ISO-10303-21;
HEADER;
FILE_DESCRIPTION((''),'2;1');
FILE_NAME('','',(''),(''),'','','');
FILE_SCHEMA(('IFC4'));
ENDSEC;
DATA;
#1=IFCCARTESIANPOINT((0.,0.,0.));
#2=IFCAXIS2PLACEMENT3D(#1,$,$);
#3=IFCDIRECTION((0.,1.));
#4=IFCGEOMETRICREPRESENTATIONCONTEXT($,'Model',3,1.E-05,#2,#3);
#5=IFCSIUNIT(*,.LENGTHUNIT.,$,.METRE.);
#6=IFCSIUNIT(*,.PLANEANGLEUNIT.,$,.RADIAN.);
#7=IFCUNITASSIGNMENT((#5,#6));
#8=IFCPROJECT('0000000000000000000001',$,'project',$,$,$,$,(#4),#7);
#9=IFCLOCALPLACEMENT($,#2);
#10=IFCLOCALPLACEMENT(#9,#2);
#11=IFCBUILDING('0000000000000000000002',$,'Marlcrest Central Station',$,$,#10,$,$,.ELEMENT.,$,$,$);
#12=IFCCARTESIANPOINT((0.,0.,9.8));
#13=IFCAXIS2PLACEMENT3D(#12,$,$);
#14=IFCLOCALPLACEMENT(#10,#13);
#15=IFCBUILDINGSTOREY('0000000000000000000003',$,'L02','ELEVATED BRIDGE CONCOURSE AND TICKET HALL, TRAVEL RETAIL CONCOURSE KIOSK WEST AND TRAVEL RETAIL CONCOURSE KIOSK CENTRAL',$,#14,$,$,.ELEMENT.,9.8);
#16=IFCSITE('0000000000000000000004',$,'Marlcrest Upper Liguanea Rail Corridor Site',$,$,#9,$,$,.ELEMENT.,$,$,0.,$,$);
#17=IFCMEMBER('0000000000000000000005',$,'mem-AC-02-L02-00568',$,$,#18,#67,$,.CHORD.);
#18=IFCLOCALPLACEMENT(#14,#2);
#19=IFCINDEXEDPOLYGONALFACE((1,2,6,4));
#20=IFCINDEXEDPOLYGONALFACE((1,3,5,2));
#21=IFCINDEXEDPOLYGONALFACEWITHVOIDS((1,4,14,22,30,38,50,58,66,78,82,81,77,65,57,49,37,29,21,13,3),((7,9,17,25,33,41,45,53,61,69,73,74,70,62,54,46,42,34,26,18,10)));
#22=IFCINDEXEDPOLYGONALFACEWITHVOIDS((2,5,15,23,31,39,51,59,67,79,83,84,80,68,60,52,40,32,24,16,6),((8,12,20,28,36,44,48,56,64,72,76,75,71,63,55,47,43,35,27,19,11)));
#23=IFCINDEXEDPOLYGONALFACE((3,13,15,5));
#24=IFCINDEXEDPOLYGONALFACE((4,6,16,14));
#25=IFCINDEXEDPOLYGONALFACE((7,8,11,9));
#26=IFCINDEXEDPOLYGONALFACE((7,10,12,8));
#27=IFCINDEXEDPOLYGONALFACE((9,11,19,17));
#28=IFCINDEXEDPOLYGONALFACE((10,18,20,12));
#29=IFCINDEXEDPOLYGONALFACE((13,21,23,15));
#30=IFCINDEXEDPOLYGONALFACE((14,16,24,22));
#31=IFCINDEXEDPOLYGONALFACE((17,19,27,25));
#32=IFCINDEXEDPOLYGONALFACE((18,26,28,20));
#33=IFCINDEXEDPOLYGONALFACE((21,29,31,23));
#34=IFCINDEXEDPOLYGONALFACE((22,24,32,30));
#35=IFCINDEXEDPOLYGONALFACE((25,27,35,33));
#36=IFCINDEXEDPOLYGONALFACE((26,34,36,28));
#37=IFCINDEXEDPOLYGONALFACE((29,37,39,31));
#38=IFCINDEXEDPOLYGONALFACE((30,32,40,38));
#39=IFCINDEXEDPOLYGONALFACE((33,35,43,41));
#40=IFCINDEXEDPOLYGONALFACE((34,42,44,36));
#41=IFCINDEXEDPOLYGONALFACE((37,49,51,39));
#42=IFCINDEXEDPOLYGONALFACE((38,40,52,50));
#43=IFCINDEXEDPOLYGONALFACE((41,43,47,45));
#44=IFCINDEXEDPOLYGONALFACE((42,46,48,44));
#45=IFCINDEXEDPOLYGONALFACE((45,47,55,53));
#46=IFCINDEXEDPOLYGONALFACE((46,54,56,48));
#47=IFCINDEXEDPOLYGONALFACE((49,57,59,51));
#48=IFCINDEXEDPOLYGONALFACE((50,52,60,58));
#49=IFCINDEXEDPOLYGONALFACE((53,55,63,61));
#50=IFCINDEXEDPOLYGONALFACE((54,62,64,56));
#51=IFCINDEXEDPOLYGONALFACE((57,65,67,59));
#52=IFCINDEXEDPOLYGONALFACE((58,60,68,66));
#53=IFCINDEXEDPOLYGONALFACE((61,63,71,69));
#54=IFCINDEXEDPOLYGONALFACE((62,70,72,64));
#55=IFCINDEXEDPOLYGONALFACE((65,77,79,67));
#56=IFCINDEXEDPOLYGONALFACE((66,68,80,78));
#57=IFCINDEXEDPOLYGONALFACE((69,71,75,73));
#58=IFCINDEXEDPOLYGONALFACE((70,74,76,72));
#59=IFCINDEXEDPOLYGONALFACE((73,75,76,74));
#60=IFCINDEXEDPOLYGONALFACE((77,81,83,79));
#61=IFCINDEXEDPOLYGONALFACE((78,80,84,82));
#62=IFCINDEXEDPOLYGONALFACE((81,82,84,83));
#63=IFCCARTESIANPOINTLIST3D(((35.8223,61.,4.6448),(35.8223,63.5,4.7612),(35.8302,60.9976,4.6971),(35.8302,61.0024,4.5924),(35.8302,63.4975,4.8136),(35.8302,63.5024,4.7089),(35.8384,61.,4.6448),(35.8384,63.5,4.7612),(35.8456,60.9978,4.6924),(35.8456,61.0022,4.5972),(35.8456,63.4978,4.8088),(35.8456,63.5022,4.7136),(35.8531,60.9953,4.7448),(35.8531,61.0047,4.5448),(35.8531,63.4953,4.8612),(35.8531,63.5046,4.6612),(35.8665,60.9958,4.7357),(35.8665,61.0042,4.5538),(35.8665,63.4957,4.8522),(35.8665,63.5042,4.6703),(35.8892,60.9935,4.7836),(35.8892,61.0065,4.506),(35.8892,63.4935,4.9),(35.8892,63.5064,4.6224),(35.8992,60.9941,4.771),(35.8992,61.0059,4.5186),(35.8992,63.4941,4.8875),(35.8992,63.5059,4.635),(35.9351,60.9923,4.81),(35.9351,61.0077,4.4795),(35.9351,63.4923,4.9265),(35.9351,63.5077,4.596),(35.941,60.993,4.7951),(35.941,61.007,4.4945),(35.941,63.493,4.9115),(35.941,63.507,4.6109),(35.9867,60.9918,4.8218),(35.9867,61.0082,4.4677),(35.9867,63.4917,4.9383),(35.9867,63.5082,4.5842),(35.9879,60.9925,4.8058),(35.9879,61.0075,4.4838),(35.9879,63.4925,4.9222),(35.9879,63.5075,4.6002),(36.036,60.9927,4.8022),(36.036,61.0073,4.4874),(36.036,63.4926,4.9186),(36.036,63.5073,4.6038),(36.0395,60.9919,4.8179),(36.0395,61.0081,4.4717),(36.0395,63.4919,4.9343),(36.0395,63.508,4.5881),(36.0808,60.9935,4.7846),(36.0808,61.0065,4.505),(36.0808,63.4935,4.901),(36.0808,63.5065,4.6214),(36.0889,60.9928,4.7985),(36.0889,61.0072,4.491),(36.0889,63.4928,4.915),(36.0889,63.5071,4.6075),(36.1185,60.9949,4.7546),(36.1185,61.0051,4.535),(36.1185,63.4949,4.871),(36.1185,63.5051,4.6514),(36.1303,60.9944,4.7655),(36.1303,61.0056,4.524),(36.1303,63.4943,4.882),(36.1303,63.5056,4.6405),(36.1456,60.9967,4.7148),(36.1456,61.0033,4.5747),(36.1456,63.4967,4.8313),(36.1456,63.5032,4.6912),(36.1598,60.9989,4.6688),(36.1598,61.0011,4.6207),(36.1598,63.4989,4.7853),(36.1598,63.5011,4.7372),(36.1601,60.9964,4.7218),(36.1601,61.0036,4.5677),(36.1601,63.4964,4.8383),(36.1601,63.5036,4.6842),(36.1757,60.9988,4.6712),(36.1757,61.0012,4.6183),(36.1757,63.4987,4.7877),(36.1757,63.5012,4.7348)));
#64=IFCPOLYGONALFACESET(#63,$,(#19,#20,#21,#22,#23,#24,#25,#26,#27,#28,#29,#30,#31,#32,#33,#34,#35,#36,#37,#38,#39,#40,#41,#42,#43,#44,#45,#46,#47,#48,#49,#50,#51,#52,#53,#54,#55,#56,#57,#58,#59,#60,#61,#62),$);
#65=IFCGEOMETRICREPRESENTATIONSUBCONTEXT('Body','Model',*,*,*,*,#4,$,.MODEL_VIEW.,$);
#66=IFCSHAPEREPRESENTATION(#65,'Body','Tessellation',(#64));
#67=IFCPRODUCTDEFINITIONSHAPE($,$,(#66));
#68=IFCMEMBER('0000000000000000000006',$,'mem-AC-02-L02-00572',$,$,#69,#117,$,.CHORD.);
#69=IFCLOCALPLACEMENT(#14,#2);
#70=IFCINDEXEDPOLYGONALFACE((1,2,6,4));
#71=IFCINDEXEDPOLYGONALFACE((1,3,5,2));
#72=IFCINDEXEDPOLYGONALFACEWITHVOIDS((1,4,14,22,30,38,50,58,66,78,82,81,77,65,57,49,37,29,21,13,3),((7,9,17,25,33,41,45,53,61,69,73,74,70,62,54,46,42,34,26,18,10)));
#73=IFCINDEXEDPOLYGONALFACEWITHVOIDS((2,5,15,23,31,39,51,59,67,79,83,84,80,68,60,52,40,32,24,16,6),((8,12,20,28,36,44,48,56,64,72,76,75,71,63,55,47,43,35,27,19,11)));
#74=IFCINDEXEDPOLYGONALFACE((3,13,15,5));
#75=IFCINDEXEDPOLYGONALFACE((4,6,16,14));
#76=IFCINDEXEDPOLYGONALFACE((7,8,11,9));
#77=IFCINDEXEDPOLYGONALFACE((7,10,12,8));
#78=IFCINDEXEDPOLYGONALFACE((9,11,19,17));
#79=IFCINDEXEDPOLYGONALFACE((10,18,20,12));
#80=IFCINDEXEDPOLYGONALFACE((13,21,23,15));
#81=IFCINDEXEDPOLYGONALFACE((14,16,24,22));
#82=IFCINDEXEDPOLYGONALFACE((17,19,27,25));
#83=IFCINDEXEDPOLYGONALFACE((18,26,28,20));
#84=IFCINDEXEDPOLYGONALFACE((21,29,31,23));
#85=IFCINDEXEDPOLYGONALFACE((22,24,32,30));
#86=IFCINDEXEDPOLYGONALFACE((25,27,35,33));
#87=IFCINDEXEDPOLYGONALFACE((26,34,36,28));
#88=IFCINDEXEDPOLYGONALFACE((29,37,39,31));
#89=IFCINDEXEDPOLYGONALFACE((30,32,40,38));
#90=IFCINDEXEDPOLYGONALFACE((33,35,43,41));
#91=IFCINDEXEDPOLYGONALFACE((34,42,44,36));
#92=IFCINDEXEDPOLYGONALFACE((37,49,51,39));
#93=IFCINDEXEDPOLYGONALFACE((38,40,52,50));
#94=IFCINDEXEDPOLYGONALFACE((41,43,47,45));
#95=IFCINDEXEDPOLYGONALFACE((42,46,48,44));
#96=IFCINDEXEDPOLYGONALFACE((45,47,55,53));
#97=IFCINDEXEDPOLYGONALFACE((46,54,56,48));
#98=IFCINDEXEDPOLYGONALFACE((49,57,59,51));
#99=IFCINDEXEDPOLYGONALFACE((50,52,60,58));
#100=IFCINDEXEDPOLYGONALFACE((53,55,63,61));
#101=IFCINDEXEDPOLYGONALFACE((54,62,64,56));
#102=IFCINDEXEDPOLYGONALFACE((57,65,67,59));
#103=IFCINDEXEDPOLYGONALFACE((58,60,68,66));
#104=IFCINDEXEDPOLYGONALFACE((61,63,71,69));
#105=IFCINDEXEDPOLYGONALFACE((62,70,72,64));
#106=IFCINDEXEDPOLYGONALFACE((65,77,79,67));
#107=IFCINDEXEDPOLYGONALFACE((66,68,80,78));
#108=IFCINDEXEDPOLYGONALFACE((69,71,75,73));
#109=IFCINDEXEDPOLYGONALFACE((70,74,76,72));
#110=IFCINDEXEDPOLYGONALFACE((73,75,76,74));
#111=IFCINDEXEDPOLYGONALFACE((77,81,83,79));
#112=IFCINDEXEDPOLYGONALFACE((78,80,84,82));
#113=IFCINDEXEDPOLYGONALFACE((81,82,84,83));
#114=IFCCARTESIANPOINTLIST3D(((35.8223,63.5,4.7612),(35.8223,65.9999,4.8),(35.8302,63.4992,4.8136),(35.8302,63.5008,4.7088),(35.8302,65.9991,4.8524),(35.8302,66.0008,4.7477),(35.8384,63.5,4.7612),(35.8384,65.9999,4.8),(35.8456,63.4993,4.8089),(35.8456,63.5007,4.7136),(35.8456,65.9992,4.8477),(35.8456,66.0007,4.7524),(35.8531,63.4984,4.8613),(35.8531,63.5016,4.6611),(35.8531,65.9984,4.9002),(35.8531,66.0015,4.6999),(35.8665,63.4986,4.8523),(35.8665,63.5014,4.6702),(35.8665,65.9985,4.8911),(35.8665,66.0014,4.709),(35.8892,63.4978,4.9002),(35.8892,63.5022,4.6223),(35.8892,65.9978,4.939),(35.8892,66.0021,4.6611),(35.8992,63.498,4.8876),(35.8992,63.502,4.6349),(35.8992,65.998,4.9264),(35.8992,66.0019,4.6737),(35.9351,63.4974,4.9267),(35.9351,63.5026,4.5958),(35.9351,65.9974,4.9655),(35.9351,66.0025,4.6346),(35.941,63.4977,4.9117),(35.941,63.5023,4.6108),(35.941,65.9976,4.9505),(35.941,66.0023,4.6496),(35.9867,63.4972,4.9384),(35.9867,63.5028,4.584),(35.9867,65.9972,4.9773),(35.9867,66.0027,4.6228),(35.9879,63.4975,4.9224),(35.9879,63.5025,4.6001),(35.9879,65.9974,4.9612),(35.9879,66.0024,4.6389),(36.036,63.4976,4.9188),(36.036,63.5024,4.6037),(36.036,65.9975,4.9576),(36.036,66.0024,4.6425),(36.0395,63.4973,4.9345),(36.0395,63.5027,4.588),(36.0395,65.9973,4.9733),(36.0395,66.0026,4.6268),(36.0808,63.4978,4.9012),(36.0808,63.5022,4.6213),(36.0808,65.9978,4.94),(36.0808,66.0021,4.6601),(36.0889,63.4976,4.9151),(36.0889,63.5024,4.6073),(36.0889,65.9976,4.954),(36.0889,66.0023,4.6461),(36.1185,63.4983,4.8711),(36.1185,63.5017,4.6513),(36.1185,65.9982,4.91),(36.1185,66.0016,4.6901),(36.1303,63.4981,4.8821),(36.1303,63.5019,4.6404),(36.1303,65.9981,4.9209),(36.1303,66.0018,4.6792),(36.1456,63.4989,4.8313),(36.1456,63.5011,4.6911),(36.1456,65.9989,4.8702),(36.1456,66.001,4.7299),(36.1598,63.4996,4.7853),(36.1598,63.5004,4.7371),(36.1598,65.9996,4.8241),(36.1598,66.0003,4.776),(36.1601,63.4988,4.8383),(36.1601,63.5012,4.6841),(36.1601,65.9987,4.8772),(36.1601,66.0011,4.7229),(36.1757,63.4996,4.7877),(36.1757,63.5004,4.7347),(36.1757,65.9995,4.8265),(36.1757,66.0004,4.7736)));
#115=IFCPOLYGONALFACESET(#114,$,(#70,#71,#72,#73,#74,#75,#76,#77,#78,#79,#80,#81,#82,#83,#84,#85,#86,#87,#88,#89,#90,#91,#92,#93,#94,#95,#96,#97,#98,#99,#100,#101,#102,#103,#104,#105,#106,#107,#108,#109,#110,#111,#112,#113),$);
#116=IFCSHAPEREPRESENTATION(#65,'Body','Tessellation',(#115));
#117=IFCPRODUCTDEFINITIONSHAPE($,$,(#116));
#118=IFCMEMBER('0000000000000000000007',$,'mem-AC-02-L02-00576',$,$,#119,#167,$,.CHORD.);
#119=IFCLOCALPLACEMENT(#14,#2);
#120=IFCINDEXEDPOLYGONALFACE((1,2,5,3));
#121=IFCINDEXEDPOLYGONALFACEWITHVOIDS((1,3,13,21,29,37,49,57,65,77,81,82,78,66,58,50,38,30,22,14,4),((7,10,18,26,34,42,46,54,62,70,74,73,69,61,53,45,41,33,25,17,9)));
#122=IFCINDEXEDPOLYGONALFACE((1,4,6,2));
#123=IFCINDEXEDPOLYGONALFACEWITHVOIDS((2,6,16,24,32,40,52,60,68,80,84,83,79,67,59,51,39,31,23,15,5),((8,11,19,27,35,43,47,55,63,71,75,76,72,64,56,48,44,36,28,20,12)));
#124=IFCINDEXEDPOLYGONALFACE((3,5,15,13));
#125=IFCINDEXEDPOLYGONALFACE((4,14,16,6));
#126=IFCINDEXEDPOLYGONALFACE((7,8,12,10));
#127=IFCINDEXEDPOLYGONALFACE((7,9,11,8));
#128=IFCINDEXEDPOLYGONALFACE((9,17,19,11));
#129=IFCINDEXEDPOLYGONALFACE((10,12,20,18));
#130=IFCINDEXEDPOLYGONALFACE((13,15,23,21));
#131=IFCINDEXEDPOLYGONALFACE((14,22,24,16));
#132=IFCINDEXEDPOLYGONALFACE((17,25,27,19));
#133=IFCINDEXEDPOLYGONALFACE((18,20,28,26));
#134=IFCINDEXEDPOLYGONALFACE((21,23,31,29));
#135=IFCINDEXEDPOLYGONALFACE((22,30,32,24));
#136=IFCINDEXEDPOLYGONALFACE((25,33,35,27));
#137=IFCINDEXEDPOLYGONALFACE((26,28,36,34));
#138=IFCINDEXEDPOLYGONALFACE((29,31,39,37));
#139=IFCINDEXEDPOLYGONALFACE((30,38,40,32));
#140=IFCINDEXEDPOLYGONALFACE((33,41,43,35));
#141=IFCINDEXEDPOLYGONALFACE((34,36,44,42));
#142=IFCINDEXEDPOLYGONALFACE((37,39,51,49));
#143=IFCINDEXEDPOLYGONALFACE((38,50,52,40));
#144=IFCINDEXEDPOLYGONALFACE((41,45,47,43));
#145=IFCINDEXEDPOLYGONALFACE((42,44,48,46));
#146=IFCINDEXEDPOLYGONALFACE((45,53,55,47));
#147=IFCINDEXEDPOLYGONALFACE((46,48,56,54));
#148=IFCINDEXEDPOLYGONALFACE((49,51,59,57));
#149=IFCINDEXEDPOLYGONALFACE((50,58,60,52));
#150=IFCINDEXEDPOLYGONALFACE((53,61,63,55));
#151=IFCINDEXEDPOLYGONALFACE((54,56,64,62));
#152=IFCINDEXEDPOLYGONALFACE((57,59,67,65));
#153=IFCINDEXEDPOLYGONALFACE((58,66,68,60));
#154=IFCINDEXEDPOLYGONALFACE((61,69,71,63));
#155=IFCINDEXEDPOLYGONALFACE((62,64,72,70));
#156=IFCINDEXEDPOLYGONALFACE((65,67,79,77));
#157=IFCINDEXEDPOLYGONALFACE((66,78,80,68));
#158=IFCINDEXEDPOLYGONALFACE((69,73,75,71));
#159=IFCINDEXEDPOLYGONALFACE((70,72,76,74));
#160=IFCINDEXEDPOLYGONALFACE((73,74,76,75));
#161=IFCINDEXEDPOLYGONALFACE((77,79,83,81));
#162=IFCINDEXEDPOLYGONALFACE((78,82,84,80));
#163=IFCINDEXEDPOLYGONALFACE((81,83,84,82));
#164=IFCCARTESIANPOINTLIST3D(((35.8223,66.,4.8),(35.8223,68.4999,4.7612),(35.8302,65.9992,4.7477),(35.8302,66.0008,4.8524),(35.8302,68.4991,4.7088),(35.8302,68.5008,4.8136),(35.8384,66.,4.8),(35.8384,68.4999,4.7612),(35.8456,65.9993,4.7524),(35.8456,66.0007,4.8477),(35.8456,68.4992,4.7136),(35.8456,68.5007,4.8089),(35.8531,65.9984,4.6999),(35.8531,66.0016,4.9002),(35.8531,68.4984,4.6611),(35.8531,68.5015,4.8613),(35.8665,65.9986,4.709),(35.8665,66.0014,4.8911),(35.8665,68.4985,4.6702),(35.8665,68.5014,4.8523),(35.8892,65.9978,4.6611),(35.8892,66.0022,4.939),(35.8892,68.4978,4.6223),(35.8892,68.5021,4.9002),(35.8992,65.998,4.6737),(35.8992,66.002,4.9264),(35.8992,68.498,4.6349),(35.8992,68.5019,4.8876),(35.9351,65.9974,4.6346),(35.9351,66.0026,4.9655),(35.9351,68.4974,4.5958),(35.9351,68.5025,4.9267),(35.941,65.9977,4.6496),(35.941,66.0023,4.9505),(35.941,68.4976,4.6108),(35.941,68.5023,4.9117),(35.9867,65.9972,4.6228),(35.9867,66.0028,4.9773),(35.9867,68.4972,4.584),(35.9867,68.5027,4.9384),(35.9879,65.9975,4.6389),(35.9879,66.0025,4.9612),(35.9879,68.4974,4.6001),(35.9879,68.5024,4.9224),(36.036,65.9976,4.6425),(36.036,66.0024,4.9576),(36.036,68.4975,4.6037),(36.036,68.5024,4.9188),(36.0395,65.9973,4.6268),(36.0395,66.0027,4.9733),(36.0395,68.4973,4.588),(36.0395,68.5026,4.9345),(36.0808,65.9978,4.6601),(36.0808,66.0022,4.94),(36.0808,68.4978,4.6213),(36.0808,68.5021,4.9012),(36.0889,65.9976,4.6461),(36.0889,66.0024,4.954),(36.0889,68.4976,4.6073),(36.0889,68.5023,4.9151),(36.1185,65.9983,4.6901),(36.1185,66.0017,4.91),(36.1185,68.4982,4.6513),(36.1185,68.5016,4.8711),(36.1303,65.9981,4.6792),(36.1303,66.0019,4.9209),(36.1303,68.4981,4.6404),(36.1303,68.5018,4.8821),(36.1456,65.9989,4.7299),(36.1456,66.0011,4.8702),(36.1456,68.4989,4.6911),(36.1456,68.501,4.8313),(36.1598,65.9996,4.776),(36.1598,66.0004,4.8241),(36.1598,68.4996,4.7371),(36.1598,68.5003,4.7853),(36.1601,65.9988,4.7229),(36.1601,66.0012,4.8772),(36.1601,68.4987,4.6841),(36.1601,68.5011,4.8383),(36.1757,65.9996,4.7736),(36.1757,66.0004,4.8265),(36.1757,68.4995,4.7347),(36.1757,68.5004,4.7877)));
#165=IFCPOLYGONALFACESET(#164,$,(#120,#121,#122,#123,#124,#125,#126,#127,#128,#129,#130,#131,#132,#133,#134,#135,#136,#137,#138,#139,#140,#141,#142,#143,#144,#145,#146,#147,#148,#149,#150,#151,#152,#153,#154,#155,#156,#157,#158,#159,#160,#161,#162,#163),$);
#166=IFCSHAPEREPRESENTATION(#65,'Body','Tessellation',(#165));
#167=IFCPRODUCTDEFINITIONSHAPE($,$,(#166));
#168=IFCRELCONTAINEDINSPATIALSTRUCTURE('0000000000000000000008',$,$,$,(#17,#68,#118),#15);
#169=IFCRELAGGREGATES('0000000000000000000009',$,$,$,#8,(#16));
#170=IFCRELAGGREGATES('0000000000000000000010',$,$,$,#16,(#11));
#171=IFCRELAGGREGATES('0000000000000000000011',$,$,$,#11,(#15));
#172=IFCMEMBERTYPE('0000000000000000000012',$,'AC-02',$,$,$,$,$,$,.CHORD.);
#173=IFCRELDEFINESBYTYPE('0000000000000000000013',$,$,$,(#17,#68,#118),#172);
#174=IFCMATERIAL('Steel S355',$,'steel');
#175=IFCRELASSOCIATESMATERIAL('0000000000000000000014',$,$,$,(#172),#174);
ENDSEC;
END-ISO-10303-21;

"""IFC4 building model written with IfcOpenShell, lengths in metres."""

from ifc_helpers import new_model, si_unit, direction, frame, origin, origin_2d, place, context, subcontext, project, spatial, hollow_circle, extrude, material, material_profile, profile_set, type_object, element, save


model = new_model("IFC4")

# Units and contexts
model_context = context("Model", 3, precision=1e-05, world=origin(), true_north=direction((0.0, 1.0)))
body_context = subcontext(model_context, "Body", "Model", "MODEL_VIEW")
ifc_project = project(units=[si_unit("LENGTHUNIT", "METRE"), si_unit("PLANEANGLEUNIT", "RADIAN")], contexts=[model_context])

# Site, building, storey
site_placement = place(None, origin())
site = spatial("IfcSite", under=ifc_project, at=site_placement, Name="Marlcrest Upper Liguanea Rail Corridor Site", CompositionType="ELEMENT", RefElevation=0.0)
building_placement = place(site_placement, origin())
building = spatial("IfcBuilding", under=site, at=building_placement, Name="Marlcrest Central Station", CompositionType="ELEMENT")
storey_placement = place(building_placement, frame((0.0, 0.0, 9.8)))
storey = spatial("IfcBuildingStorey", under=building, at=storey_placement, Name="L02", Description="ELEVATED BRIDGE CONCOURSE AND TICKET HALL, TRAVEL RETAIL CONCOURSE KIOSK WEST AND TRAVEL RETAIL CONCOURSE KIOSK CENTRAL", CompositionType="ELEMENT", Elevation=9.8)

# Members
ifc_material = material(Name="Steel S355", Category="steel")
ifc_material_profile_1 = material_profile(ifc_material, hollow_circle(Radius=0.1777, WallThickness=0.0161, at=origin_2d()), Name="CHS 355.6x16")
ifc_profile_set_1 = profile_set([ifc_material_profile_1], Name="Steel S355")
member_type_1 = type_object("IfcMemberType", Name="AC-02", PredefinedType="CHORD", material=ifc_profile_set_1)
member_1_placement = place(storey_placement, frame((36.0, 61.0, 4.6448), z_axis=(0.0, 0.998917, 0.046532), x_axis=(-1.0, 0.0, 0.0)))
element("IfcMember", 1, at=member_1_placement, inside=storey, type_object=member_type_1, Name="mem-AC-02-L02-00568", PredefinedType="CHORD", context=body_context, shape_type="SweptSolid", body=[
    extrude(hollow_circle(Radius=0.1777, WallThickness=0.0161, at=origin_2d()), origin(), (0.0, 0.0, 1.0), 2.5027),
])
for number, where, z_axis, x_axis, name in (
    (2, (36.0, 63.5, 4.7612), (0.0, 0.999879, 0.015525), (-1.0, 0.0, 0.0), "mem-AC-02-L02-00572"),
    (3, (36.0, 66.0, 4.8), (0.0, 0.999879, -0.015525), (-1.0, 0.0, 0.0), "mem-AC-02-L02-00576"),
):
    element("IfcMember", number, at=place(storey_placement, frame(where, z_axis=z_axis, x_axis=x_axis)), inside=storey, type_object=member_type_1, Name=name, PredefinedType="CHORD", context=body_context, shape_type="SweptSolid", body=[
        extrude(hollow_circle(Radius=0.1777, WallThickness=0.0161, at=origin_2d()), origin(), (0.0, 0.0, 1.0), 2.5002),
    ])

save(model, "model.ifc")
